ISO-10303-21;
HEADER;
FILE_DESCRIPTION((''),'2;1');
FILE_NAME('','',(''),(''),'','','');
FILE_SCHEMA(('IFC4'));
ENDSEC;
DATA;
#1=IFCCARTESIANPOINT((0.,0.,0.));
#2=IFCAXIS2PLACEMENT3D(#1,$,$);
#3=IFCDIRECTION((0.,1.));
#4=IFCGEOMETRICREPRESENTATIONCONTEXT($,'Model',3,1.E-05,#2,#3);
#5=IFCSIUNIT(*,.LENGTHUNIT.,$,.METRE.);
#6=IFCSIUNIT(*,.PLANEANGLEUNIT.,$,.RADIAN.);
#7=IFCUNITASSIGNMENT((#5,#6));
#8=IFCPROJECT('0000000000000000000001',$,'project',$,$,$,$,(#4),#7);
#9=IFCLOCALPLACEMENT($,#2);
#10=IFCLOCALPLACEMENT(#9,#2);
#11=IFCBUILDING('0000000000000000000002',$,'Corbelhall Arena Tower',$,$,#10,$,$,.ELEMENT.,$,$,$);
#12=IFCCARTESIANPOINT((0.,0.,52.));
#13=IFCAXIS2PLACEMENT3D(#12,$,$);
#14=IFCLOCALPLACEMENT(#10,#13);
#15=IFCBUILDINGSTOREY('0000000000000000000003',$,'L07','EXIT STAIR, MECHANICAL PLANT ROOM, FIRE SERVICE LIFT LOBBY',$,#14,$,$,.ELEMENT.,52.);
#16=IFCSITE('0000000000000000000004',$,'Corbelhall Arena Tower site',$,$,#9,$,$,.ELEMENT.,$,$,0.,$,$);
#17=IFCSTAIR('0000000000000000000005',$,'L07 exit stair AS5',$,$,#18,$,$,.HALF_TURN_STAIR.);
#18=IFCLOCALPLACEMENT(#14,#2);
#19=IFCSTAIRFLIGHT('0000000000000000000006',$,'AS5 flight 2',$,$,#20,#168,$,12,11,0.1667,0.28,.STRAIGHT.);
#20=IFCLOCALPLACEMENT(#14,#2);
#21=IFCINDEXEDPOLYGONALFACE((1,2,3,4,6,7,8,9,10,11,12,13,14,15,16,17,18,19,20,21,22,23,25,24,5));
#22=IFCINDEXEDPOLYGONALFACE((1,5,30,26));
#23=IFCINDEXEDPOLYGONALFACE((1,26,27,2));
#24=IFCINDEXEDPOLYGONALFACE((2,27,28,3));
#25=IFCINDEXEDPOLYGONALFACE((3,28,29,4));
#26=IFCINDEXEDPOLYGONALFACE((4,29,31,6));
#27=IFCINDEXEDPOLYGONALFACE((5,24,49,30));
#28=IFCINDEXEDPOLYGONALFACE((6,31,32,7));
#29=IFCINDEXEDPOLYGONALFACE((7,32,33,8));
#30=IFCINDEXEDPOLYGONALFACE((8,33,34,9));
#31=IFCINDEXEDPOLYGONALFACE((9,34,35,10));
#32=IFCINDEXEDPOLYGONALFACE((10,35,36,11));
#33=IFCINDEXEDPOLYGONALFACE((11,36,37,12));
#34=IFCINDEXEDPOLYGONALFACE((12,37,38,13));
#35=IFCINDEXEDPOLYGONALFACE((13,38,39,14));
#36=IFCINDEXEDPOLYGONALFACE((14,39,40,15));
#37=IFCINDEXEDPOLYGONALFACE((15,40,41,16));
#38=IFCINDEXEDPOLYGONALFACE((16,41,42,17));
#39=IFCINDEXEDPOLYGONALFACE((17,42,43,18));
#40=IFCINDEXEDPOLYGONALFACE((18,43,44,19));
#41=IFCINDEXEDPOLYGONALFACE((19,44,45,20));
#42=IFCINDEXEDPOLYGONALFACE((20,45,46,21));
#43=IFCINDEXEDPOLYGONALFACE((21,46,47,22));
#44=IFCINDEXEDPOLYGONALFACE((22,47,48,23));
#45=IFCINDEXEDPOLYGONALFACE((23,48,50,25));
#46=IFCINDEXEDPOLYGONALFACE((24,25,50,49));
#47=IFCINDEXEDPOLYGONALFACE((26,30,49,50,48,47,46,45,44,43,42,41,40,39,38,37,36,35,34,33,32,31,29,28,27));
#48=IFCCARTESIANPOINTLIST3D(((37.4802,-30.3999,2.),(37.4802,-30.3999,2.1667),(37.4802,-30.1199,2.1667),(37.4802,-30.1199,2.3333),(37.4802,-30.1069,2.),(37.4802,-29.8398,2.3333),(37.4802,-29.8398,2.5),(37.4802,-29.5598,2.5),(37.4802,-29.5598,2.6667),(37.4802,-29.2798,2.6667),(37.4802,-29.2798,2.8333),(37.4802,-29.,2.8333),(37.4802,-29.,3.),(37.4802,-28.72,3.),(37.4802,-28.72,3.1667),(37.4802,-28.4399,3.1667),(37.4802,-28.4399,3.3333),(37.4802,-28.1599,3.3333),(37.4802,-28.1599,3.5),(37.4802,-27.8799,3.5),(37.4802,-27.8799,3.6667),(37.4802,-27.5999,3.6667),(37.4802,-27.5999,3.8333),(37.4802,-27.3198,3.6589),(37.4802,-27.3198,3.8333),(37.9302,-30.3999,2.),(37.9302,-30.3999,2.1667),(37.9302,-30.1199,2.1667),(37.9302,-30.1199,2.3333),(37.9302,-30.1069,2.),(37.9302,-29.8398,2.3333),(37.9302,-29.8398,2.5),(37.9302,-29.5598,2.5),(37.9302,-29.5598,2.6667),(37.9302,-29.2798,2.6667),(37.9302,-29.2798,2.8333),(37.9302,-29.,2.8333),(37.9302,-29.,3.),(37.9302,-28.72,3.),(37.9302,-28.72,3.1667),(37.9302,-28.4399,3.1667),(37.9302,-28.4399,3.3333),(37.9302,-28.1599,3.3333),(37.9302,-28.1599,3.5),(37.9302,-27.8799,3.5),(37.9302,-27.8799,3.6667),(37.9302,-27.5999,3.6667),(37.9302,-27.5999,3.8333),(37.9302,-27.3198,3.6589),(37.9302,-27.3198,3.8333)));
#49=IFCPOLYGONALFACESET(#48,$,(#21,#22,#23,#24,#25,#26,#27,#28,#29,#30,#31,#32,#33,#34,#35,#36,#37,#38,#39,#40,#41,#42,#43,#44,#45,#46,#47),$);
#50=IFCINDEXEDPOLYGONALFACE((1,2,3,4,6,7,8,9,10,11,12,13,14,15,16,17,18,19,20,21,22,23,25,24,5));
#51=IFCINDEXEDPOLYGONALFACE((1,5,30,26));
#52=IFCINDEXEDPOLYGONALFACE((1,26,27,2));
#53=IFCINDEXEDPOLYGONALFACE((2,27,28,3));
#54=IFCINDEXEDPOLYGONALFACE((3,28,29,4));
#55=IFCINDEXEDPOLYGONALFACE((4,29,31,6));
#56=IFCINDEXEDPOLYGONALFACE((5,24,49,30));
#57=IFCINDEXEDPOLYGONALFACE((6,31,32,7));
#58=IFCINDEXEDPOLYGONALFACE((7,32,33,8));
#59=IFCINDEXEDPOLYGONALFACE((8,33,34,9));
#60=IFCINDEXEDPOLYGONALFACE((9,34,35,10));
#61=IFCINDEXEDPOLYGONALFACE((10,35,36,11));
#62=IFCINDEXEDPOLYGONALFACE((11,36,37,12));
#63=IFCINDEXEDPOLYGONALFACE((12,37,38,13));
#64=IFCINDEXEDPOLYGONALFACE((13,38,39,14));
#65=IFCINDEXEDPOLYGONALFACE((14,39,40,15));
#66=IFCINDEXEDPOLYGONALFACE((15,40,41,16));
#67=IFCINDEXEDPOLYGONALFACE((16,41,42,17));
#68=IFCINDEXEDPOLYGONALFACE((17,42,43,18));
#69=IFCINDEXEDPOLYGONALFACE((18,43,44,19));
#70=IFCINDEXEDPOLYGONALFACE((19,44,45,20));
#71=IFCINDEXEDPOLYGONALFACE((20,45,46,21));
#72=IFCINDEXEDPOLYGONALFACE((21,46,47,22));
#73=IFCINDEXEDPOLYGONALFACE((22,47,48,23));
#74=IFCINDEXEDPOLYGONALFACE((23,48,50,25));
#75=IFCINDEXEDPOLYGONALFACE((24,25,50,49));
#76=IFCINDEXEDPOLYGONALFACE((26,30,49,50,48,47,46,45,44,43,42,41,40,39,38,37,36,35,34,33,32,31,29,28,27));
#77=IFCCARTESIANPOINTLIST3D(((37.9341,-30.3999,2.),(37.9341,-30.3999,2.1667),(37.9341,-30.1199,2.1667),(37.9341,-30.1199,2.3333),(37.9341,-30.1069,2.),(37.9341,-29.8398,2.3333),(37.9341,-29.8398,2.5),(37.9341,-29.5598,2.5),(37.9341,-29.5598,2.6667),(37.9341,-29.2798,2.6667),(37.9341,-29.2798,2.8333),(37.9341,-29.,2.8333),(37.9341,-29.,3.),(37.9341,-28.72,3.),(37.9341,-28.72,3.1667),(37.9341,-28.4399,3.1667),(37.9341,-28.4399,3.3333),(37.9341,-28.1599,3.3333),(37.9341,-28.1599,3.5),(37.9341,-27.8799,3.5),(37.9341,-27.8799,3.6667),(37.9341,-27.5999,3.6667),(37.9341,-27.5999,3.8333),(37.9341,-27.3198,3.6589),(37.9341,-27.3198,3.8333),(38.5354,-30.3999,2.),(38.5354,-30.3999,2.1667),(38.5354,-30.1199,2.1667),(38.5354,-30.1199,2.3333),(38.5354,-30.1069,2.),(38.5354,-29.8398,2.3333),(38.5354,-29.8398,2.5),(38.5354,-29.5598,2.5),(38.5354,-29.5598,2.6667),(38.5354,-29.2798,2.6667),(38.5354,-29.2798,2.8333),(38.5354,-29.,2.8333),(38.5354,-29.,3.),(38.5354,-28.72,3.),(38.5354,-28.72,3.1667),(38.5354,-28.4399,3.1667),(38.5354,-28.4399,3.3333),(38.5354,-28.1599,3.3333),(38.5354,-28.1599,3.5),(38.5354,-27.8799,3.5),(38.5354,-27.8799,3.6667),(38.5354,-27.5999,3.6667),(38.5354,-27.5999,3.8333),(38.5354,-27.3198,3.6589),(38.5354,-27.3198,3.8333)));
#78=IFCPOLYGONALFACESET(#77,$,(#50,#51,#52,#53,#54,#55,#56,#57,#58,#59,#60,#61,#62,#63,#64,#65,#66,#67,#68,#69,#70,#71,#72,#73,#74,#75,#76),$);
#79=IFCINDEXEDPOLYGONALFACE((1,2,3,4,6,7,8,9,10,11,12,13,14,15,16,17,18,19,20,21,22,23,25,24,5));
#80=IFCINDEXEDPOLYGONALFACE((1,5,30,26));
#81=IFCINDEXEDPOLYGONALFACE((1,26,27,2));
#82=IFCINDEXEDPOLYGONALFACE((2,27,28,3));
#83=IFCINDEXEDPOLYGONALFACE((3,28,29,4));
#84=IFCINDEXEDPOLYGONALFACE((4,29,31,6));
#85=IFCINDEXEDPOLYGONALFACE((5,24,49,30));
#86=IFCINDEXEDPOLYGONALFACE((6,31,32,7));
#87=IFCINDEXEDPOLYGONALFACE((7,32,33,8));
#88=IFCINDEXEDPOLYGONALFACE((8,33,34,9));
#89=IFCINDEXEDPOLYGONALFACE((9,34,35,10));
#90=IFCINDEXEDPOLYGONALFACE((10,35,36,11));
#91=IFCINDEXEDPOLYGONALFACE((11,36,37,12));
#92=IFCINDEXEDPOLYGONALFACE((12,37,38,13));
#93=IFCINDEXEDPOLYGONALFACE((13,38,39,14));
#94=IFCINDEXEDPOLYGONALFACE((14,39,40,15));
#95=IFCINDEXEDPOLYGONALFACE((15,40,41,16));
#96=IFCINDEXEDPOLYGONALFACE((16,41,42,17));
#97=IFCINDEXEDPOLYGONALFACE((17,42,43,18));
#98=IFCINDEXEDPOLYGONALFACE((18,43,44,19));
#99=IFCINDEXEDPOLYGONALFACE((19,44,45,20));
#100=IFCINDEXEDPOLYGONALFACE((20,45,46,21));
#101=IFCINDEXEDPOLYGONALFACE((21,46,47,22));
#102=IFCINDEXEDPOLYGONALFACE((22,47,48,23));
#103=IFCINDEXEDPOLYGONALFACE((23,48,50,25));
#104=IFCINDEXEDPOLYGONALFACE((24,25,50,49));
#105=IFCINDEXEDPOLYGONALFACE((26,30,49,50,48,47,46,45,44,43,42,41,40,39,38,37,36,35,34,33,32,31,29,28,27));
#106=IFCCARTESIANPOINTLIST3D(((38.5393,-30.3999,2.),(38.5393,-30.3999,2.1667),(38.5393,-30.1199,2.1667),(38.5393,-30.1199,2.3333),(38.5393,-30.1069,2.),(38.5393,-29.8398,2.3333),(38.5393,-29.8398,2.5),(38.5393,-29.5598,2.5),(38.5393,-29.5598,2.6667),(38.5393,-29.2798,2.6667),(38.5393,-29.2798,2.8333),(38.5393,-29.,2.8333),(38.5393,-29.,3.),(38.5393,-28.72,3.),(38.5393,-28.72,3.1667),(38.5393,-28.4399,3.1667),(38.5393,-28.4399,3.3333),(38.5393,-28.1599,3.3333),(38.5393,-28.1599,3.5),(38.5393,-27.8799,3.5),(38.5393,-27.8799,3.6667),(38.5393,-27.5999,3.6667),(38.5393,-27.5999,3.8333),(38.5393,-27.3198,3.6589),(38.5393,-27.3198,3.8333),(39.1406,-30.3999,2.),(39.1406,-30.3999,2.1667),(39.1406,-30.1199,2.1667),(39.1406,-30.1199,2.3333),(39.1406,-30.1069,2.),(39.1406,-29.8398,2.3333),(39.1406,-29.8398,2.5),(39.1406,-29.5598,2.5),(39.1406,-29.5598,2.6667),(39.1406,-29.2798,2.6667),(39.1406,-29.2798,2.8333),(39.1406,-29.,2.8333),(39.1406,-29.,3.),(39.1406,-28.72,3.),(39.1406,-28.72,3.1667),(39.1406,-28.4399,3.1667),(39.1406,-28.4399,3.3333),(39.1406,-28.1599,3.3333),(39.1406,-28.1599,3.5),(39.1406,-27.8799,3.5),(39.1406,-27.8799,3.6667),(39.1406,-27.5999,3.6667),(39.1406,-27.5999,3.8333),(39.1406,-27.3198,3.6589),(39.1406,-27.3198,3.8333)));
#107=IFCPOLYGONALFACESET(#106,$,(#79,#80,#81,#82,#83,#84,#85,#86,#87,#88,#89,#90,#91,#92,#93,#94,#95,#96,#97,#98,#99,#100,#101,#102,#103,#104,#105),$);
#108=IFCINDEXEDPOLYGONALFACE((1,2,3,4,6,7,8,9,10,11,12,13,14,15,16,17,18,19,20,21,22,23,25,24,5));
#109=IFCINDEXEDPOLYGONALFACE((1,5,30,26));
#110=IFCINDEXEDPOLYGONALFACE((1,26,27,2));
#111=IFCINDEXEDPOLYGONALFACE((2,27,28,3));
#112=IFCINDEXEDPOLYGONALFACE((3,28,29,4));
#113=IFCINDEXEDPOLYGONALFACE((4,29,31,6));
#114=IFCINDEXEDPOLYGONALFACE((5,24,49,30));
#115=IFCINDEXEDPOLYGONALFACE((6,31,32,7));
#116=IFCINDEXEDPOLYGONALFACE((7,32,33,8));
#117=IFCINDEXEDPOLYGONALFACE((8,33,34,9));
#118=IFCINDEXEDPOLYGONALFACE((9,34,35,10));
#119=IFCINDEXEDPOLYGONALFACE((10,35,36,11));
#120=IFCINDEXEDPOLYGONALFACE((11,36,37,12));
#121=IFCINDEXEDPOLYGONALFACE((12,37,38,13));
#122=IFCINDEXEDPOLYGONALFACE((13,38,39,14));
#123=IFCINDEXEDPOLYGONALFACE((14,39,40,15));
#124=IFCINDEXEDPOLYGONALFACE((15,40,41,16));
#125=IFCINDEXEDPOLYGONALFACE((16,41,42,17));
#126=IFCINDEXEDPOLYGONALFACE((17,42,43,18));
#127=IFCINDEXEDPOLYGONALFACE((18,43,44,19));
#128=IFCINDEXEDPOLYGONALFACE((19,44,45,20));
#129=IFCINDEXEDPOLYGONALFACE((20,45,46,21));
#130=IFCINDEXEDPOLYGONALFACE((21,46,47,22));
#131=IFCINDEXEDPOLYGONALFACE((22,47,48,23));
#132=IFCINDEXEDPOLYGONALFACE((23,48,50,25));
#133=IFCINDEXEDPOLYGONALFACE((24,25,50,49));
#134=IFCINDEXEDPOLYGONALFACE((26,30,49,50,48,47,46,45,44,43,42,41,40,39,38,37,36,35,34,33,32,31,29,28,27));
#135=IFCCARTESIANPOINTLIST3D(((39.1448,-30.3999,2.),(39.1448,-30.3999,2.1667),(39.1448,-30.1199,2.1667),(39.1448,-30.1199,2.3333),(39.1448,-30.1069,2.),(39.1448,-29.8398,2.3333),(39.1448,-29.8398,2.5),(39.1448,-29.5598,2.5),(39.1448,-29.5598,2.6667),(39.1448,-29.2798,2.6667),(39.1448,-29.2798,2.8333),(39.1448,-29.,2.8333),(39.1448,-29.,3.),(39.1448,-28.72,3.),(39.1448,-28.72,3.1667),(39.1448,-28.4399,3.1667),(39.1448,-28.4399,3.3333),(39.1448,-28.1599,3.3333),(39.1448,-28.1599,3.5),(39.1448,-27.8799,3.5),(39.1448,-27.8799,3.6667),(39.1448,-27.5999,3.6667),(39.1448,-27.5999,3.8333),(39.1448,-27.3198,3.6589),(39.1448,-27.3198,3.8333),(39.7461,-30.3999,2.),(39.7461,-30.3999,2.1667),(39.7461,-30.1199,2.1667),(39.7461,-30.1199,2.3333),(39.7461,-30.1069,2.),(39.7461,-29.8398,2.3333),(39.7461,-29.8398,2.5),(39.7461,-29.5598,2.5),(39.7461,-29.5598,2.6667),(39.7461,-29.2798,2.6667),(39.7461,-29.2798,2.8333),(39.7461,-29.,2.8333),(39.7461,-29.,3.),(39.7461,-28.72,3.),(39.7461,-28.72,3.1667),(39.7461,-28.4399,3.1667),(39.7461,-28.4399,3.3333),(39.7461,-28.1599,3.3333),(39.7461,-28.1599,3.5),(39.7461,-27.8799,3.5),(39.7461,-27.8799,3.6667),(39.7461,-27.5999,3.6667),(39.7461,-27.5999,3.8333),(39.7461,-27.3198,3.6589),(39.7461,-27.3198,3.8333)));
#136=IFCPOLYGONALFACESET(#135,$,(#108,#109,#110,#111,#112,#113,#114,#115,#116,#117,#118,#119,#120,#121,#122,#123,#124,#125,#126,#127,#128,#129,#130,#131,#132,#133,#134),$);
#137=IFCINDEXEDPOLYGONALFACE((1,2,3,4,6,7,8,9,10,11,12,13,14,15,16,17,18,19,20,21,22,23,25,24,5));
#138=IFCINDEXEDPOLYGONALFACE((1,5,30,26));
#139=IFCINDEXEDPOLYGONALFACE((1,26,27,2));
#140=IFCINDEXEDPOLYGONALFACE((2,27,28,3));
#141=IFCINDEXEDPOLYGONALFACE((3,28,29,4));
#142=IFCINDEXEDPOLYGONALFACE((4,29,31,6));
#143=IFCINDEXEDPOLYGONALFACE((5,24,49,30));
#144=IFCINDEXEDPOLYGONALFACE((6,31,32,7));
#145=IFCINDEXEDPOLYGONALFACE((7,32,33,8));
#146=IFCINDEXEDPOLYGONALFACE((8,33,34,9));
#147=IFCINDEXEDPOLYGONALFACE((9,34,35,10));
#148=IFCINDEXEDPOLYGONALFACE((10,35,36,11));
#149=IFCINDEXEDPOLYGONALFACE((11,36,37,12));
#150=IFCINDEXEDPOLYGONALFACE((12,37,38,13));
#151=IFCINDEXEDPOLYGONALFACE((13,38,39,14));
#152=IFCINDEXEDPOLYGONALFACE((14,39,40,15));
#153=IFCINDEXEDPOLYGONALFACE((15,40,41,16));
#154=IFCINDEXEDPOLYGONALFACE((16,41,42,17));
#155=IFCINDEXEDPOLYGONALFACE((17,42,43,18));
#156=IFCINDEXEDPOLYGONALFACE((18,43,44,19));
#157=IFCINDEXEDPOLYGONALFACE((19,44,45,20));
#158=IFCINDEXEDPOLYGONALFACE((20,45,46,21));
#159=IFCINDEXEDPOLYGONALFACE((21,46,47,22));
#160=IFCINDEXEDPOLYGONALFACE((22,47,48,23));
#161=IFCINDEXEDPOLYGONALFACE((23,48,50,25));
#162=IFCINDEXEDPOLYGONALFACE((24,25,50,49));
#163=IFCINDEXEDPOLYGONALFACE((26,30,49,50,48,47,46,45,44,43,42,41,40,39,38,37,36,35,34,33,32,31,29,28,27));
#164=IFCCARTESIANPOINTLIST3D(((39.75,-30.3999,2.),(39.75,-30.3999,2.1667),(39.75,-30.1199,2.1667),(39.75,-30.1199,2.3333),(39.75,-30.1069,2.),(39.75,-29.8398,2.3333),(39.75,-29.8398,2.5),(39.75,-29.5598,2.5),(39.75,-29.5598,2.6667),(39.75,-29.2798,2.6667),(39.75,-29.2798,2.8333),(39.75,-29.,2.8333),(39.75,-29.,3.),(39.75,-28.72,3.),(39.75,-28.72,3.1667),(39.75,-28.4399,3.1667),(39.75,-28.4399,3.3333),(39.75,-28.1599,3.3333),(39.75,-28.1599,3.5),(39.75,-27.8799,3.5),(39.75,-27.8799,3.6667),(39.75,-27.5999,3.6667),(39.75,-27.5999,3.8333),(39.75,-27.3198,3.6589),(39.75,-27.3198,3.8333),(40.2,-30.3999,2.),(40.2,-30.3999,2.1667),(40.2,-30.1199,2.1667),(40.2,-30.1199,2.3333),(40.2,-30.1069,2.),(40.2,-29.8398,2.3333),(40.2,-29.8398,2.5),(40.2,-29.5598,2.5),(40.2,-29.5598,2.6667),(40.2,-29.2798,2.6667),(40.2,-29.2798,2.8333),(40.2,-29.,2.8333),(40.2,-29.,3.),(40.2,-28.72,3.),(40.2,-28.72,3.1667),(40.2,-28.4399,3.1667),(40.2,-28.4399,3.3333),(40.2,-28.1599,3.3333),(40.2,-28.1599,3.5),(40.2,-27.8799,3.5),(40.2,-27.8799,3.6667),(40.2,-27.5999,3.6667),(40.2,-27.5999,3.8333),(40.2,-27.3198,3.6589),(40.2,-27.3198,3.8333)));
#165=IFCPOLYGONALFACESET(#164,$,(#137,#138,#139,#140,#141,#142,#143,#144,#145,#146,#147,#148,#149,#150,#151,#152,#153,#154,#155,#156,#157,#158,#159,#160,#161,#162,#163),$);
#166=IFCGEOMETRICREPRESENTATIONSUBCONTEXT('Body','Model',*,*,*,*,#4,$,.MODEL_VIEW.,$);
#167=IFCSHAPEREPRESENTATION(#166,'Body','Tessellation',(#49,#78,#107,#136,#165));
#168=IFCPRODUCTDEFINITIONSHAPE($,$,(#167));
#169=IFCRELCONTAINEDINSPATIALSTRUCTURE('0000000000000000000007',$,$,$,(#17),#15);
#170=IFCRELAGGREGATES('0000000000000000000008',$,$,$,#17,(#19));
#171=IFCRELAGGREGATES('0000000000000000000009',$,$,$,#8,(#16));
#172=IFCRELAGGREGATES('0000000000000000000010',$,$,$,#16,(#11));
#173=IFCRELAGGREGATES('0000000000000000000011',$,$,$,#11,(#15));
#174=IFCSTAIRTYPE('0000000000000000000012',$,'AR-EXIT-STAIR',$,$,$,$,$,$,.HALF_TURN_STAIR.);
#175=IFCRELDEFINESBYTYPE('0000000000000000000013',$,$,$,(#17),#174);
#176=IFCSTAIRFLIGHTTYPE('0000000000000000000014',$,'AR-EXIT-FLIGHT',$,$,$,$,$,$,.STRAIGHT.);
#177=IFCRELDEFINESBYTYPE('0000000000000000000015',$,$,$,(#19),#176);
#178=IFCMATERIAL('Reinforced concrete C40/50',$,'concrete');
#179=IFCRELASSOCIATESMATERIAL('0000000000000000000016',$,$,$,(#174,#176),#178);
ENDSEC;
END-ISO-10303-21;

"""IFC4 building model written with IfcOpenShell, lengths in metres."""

from ifc_helpers import new_model, si_unit, direction, frame, origin, place, context, subcontext, project, spatial, polyline, outline, extrude, material, type_object, element, aggregate, save


model = new_model("IFC4")

# Units and contexts
model_context = context("Model", 3, precision=1e-05, world=origin(), true_north=direction((0.0, 1.0)))
body_context = subcontext(model_context, "Body", "Model", "MODEL_VIEW")
ifc_project = project(units=[si_unit("LENGTHUNIT", "METRE"), si_unit("PLANEANGLEUNIT", "RADIAN")], contexts=[model_context])

# Site, building, storey
site_placement = place(None, origin())
site = spatial("IfcSite", under=ifc_project, at=site_placement, Name="Corbelhall Arena Tower site", CompositionType="ELEMENT", RefElevation=0.0)
building_placement = place(site_placement, origin())
building = spatial("IfcBuilding", under=site, at=building_placement, Name="Corbelhall Arena Tower", CompositionType="ELEMENT")
storey_placement = place(building_placement, frame((0.0, 0.0, 52.0)))
storey = spatial("IfcBuildingStorey", under=building, at=storey_placement, Name="L07", Description="EXIT STAIR, MECHANICAL PLANT ROOM, FIRE SERVICE LIFT LOBBY", CompositionType="ELEMENT", Elevation=52.0)

# Shared definitions
ifc_material_1 = material(Name="Reinforced concrete C40/50", Category="concrete")

# Stair, stair flight
stair_type = type_object("IfcStairType", Name="AR-EXIT-STAIR", PredefinedType="HALF_TURN_STAIR", material=ifc_material_1)
stair_1_placement = place(storey_placement, origin())
stair_1 = element("IfcStair", 1, at=stair_1_placement, inside=storey, type_object=stair_type, Name="L07 exit stair AS5", PredefinedType="HALF_TURN_STAIR")
stair_flight_type = type_object("IfcStairFlightType", Name="AR-EXIT-FLIGHT", PredefinedType="STRAIGHT", material=ifc_material_1)
stair_flight_1_placement = place(storey_placement, frame((38.8401, -30.3999, 2.0), z_axis=(0.0, 0.0, 1.0), x_axis=(0.0, 1.0, 0.0)))
stair_flight_1 = element("IfcStairFlight", 2, at=stair_flight_1_placement, type_object=stair_flight_type, Name="AS5 flight 2", NumberOfRisers=12, NumberOfTreads=11, PredefinedType="STRAIGHT", RiserHeight=0.1667, TreadLength=0.28, context=body_context, shape_type="SweptSolid", body=[
    extrude(outline(polyline([(0.0, 0.0), (0.0, 0.1667), (0.28, 0.1667), (0.28, 0.3333), (0.5601, 0.3333), (0.5601, 0.5), (0.8401, 0.5), (0.8401, 0.6667), (1.1201, 0.6667), (1.1201, 0.8333), (1.3999, 0.8333), (1.3999, 1.0), (1.6799, 1.0), (1.6799, 1.1667), (1.96, 1.1667), (1.96, 1.3333), (2.24, 1.3333), (2.24, 1.5), (2.52, 1.5), (2.52, 1.6667), (2.8, 1.6667), (2.8, 1.8333), (3.0801, 1.8333), (3.0801, 2.0), (3.0801, 1.6589), (0.293, 0.0), (0.0, 0.0)])), frame((0.0, 1.3599, 0.0), z_axis=(0.0, -1.0, 0.0), x_axis=(1.0, 0.0, 0.0)), (0.0, 0.0, 1.0), 0.45),
    extrude(outline(polyline([(0.0, 0.0), (0.0, 0.1667), (0.28, 0.1667), (0.28, 0.3333), (0.5601, 0.3333), (0.5601, 0.5), (0.8401, 0.5), (0.8401, 0.6667), (1.1201, 0.6667), (1.1201, 0.8333), (1.3999, 0.8333), (1.3999, 1.0), (1.6799, 1.0), (1.6799, 1.1667), (1.96, 1.1667), (1.96, 1.3333), (2.24, 1.3333), (2.24, 1.5), (2.52, 1.5), (2.52, 1.6667), (2.8, 1.6667), (2.8, 1.8333), (3.0801, 1.8333), (3.0801, 2.0), (3.0801, 1.6589), (0.293, 0.0), (0.0, 0.0)])), frame((0.0, 0.906, 0.0), z_axis=(0.0, -1.0, 0.0), x_axis=(1.0, 0.0, 0.0)), (0.0, 0.0, 1.0), 0.6013),
    extrude(outline(polyline([(0.0, 0.0), (0.0, 0.1667), (0.28, 0.1667), (0.28, 0.3333), (0.5601, 0.3333), (0.5601, 0.5), (0.8401, 0.5), (0.8401, 0.6667), (1.1201, 0.6667), (1.1201, 0.8333), (1.3999, 0.8333), (1.3999, 1.0), (1.6799, 1.0), (1.6799, 1.1667), (1.96, 1.1667), (1.96, 1.3333), (2.24, 1.3333), (2.24, 1.5), (2.52, 1.5), (2.52, 1.6667), (2.8, 1.6667), (2.8, 1.8333), (3.0801, 1.8333), (3.0801, 2.0), (3.0801, 1.6589), (0.293, 0.0), (0.0, 0.0)])), frame((0.0, 0.3008, 0.0), z_axis=(0.0, -1.0, 0.0), x_axis=(1.0, 0.0, 0.0)), (0.0, 0.0, 1.0), 0.6013),
    extrude(outline(polyline([(0.0, 0.0), (0.0, 0.1667), (0.28, 0.1667), (0.28, 0.3333), (0.5601, 0.3333), (0.5601, 0.5), (0.8401, 0.5), (0.8401, 0.6667), (1.1201, 0.6667), (1.1201, 0.8333), (1.3999, 0.8333), (1.3999, 1.0), (1.6799, 1.0), (1.6799, 1.1667), (1.96, 1.1667), (1.96, 1.3333), (2.24, 1.3333), (2.24, 1.5), (2.52, 1.5), (2.52, 1.6667), (2.8, 1.6667), (2.8, 1.8333), (3.0801, 1.8333), (3.0801, 2.0), (3.0801, 1.6589), (0.293, 0.0), (0.0, 0.0)])), frame((0.0, -0.3047, 0.0), z_axis=(0.0, -1.0, 0.0), x_axis=(1.0, 0.0, 0.0)), (0.0, 0.0, 1.0), 0.6013),
    extrude(outline(polyline([(0.0, 0.0), (0.0, 0.1667), (0.28, 0.1667), (0.28, 0.3333), (0.5601, 0.3333), (0.5601, 0.5), (0.8401, 0.5), (0.8401, 0.6667), (1.1201, 0.6667), (1.1201, 0.8333), (1.3999, 0.8333), (1.3999, 1.0), (1.6799, 1.0), (1.6799, 1.1667), (1.96, 1.1667), (1.96, 1.3333), (2.24, 1.3333), (2.24, 1.5), (2.52, 1.5), (2.52, 1.6667), (2.8, 1.6667), (2.8, 1.8333), (3.0801, 1.8333), (3.0801, 2.0), (3.0801, 1.6589), (0.293, 0.0), (0.0, 0.0)])), frame((0.0, -0.9099, 0.0), z_axis=(0.0, -1.0, 0.0), x_axis=(1.0, 0.0, 0.0)), (0.0, 0.0, 1.0), 0.45),
])
aggregate(stair_1, [stair_flight_1])

save(model, "model.ifc")
